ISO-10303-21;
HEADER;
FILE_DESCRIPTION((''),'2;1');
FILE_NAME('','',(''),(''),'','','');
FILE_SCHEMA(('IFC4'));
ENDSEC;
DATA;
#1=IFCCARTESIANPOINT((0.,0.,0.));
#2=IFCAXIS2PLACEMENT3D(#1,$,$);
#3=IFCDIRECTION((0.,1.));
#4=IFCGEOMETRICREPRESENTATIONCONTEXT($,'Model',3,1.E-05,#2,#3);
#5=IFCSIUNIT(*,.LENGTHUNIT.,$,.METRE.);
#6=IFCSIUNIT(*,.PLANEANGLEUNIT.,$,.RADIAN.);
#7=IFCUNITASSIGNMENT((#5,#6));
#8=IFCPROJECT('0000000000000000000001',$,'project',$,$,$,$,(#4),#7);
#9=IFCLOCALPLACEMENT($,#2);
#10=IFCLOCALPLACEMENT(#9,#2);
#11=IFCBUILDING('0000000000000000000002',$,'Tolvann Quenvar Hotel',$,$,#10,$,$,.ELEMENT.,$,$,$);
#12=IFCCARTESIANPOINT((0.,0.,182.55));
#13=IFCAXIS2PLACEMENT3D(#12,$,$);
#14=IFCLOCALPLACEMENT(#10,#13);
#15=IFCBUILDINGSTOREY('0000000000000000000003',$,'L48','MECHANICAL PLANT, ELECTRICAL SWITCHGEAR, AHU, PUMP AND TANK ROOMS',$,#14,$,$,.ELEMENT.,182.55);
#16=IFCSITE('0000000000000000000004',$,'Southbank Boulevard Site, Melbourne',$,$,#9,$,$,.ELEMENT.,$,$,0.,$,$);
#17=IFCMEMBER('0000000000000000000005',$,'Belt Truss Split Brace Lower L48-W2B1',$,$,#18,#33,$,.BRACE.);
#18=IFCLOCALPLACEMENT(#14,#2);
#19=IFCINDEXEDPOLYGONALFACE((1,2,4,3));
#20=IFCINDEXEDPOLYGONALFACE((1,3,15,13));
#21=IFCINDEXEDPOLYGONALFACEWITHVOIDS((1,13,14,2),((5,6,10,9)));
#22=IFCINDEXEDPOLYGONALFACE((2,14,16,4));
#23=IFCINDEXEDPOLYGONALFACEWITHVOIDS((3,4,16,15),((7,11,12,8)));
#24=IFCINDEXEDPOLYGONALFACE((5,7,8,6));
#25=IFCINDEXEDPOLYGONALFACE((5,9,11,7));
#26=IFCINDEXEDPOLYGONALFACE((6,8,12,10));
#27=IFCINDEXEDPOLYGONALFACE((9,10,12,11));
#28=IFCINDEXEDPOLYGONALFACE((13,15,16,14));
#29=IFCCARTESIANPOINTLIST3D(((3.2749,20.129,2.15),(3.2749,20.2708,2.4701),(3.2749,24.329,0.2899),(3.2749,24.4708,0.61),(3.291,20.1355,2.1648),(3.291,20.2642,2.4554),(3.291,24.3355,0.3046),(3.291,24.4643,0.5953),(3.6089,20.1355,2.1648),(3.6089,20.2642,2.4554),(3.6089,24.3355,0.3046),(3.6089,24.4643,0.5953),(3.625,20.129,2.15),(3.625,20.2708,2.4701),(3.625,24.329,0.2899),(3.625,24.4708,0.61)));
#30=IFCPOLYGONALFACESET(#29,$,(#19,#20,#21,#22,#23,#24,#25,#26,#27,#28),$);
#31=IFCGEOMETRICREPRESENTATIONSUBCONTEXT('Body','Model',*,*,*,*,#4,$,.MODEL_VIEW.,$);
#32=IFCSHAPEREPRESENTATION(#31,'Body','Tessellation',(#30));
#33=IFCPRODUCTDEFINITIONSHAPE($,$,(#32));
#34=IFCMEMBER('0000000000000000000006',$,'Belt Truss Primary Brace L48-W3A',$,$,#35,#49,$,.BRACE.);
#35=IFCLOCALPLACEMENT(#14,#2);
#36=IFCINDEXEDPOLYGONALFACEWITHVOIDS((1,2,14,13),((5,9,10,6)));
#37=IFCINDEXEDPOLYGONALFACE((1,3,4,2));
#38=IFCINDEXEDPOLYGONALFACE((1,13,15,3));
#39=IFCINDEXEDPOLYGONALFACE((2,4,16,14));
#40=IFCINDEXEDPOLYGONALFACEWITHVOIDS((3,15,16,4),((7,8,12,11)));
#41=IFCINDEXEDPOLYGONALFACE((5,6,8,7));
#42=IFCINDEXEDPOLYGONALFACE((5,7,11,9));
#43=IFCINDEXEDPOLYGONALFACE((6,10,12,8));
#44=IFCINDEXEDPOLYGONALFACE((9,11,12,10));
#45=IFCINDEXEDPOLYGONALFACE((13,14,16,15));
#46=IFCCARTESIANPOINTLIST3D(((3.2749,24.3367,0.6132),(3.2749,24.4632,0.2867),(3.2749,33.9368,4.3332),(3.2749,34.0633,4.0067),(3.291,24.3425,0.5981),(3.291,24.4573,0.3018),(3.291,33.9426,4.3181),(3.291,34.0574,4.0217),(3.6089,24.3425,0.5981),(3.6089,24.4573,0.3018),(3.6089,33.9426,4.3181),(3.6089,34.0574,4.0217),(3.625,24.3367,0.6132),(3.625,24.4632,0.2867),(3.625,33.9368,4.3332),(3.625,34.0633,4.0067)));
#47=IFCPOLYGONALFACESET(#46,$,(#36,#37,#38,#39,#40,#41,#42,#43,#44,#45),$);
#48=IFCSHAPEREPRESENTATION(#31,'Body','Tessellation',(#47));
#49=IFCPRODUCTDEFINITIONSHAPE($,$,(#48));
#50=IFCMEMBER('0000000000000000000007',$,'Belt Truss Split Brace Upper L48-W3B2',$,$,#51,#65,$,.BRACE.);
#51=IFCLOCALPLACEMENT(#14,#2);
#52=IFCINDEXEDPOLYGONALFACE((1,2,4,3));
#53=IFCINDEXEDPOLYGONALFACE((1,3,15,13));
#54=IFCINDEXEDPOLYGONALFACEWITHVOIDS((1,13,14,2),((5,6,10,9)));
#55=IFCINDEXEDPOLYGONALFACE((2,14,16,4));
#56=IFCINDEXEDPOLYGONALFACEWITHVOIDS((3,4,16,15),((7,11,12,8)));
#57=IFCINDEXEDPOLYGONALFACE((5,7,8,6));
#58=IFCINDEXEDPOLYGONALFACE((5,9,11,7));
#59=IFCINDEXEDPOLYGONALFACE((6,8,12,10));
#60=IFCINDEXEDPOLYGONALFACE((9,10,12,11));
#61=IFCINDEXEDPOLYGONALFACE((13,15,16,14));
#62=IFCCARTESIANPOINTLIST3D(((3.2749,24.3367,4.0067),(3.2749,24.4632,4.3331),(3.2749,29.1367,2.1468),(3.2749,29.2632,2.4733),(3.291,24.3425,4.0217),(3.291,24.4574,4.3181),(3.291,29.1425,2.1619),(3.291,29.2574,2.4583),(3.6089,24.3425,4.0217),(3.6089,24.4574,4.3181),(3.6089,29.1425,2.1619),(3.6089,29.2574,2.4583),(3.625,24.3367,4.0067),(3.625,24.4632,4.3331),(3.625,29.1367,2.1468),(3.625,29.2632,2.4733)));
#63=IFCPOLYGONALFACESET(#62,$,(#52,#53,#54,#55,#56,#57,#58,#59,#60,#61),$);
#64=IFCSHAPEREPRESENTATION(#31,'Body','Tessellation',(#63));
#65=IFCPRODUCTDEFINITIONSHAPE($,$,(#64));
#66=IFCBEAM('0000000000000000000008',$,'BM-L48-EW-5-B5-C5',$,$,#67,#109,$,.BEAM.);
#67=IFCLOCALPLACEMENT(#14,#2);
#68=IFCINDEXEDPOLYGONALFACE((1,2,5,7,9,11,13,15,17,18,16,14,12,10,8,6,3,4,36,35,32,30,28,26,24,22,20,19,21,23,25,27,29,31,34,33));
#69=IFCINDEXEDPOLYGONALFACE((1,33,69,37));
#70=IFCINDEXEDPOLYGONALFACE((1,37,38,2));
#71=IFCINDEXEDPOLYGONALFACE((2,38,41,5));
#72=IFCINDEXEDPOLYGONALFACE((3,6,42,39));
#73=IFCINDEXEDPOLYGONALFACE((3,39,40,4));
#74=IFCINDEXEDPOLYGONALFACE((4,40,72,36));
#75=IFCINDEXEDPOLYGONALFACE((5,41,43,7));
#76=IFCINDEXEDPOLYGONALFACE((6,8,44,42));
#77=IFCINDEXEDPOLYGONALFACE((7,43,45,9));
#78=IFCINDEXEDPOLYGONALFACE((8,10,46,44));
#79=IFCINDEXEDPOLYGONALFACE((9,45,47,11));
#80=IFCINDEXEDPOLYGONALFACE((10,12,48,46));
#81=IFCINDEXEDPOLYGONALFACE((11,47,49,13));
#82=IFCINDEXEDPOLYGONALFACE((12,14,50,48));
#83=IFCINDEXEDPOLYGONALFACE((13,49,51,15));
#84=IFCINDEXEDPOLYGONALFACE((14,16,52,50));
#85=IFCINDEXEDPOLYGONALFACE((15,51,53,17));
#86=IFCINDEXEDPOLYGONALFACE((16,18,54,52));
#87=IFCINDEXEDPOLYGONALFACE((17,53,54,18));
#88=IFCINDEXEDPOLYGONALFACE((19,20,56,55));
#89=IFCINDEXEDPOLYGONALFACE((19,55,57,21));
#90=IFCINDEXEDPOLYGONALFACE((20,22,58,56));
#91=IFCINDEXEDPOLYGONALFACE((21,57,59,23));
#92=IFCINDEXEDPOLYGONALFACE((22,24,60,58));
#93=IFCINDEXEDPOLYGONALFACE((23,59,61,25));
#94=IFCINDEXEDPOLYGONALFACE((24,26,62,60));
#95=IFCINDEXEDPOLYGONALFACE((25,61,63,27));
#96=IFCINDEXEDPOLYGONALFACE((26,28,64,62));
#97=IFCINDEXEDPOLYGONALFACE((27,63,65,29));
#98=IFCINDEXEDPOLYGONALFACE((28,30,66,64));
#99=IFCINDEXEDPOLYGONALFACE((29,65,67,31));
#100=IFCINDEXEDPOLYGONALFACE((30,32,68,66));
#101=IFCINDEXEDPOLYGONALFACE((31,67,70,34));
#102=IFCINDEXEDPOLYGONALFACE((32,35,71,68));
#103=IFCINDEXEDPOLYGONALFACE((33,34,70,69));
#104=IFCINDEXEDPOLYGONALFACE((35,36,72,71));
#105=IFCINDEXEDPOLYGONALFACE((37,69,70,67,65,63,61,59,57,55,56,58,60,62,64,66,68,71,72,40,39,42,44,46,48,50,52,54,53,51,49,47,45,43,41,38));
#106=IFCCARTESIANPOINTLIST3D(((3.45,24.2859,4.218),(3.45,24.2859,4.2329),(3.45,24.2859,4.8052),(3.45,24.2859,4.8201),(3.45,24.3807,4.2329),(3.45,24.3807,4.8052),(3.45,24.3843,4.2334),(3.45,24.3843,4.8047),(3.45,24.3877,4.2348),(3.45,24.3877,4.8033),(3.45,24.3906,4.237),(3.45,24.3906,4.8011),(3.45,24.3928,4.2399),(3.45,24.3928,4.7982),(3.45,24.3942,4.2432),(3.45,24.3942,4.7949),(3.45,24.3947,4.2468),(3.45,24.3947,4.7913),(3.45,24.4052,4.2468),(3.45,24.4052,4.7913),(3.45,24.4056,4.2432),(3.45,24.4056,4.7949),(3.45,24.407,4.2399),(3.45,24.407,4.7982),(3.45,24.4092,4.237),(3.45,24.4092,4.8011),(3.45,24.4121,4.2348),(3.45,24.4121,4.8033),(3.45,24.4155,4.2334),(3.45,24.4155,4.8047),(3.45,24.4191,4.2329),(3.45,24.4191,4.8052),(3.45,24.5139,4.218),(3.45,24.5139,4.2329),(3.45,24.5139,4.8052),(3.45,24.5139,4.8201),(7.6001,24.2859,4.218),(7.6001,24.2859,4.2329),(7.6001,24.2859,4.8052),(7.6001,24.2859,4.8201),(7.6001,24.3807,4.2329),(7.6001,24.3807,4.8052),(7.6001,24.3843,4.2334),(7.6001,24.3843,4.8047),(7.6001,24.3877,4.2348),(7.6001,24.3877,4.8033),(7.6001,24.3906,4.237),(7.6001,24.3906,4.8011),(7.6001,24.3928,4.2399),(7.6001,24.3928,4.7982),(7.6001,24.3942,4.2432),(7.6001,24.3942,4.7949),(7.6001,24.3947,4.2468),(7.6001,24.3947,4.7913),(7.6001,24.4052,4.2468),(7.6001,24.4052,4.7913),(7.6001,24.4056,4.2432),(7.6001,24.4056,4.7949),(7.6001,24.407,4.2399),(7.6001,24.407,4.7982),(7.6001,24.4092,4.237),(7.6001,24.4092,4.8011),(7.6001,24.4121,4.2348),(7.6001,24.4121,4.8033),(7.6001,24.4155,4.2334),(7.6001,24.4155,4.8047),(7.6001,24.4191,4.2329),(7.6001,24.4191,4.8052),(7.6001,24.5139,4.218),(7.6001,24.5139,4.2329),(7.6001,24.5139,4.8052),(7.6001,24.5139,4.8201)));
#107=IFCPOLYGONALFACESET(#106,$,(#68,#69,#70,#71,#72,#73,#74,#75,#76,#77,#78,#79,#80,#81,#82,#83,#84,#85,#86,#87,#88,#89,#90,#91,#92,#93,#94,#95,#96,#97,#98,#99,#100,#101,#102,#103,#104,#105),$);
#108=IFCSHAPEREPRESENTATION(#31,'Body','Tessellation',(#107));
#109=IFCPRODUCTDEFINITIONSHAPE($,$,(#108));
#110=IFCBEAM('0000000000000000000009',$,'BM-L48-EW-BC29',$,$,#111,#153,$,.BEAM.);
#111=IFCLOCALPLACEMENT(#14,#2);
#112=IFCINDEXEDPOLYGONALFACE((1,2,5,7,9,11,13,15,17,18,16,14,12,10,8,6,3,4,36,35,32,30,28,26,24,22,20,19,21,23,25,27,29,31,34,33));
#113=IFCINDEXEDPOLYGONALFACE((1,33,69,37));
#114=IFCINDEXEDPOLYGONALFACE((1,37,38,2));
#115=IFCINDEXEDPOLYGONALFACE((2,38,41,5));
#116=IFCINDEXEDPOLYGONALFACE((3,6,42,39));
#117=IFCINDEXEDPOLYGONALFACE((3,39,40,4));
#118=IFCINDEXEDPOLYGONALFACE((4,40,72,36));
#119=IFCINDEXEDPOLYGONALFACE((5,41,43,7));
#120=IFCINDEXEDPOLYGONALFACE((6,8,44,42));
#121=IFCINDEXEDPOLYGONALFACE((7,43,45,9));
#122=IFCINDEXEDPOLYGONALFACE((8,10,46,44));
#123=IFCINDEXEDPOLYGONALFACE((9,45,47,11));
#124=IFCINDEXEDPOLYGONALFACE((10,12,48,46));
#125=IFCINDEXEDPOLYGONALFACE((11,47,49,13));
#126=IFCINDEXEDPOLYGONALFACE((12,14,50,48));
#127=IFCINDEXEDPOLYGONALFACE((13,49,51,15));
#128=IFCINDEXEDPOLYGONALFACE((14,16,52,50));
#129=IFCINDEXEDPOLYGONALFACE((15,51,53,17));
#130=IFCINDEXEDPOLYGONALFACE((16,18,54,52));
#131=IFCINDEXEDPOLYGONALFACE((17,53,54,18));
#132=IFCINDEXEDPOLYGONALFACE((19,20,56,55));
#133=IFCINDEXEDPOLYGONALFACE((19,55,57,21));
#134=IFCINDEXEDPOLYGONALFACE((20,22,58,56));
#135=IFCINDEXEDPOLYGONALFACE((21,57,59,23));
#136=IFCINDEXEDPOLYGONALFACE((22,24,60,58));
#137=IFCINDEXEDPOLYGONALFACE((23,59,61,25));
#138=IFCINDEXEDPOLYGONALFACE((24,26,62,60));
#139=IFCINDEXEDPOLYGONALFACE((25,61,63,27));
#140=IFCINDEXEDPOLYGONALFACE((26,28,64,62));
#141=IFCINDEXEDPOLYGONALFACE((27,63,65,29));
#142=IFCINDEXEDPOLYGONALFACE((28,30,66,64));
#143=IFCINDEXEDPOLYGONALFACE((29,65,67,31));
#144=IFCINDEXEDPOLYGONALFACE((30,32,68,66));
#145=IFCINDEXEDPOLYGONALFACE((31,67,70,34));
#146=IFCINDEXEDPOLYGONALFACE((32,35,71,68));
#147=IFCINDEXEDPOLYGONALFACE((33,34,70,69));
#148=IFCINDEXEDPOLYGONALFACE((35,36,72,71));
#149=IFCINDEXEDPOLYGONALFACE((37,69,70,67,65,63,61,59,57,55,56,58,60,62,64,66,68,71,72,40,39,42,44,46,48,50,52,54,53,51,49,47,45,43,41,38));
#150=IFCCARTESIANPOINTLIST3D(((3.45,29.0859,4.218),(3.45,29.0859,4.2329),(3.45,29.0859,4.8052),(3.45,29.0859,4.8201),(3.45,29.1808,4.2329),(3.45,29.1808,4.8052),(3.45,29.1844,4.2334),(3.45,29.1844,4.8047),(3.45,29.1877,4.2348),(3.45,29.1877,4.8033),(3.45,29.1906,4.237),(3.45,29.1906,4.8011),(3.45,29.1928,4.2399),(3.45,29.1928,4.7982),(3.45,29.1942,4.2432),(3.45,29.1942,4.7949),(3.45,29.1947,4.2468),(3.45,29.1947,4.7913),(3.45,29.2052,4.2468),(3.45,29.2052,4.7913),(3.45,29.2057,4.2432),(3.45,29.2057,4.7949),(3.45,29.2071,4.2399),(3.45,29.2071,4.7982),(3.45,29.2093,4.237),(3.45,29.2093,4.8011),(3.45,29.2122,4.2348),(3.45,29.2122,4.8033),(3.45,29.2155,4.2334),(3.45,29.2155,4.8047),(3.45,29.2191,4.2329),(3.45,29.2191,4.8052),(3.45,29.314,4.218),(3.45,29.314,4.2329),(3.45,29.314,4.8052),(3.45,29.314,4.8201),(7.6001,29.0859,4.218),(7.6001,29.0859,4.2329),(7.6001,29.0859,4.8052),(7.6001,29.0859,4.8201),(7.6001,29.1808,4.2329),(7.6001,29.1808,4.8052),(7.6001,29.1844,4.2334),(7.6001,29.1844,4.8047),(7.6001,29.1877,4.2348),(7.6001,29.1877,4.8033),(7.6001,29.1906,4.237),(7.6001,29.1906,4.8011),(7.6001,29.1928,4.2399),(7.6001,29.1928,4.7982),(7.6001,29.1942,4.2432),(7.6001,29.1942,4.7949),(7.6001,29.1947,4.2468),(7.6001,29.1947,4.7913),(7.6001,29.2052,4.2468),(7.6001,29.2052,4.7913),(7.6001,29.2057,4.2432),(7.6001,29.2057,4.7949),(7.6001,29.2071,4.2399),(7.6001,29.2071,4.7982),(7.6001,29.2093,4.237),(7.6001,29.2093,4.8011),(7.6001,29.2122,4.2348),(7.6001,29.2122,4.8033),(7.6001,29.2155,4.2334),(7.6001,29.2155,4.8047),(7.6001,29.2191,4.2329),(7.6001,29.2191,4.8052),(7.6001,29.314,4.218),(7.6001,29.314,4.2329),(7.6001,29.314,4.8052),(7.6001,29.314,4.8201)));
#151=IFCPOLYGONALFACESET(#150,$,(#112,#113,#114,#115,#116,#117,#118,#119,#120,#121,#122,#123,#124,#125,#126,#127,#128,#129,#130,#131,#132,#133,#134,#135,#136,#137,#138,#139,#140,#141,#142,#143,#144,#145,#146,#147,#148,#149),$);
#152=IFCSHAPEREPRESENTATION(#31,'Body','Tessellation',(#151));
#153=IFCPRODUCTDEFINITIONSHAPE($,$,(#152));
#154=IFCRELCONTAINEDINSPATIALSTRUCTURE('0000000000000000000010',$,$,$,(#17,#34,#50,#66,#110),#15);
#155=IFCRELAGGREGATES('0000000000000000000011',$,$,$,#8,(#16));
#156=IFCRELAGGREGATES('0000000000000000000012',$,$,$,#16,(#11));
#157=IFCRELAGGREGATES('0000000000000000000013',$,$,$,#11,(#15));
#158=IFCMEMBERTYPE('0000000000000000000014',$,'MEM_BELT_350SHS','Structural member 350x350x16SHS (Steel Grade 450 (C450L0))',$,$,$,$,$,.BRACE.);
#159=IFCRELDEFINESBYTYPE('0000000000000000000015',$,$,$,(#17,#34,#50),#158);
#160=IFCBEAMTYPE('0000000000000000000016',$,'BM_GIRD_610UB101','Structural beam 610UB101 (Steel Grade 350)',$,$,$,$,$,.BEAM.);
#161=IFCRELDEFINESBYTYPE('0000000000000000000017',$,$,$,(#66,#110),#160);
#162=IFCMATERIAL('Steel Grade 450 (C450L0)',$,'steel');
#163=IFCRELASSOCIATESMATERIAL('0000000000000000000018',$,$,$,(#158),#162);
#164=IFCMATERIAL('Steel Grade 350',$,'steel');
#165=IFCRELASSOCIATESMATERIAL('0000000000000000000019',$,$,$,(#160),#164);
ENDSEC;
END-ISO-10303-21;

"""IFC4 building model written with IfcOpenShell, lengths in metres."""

from ifc_helpers import new_model, si_unit, direction, frame, origin, origin_2d, place, context, subcontext, project, spatial, hollow_rectangle, i_section, extrude, source, transform, mapped, material, material_profile, profile_set, type_object, element, save


model = new_model("IFC4")

# Units and contexts
model_context = context("Model", 3, precision=1e-05, world=origin(), true_north=direction((0.0, 1.0)))
body_context = subcontext(model_context, "Body", "Model", "MODEL_VIEW")
ifc_project = project(units=[si_unit("LENGTHUNIT", "METRE"), si_unit("PLANEANGLEUNIT", "RADIAN")], contexts=[model_context])

# Site, building, storey
site_placement = place(None, origin())
site = spatial("IfcSite", under=ifc_project, at=site_placement, Name="Southbank Boulevard Site, Melbourne", CompositionType="ELEMENT", RefElevation=0.0)
building_placement = place(site_placement, origin())
building = spatial("IfcBuilding", under=site, at=building_placement, Name="Tolvann Quenvar Hotel", CompositionType="ELEMENT")
storey_placement = place(building_placement, frame((0.0, 0.0, 182.55)))
storey = spatial("IfcBuildingStorey", under=building, at=storey_placement, Name="L48", Description="MECHANICAL PLANT, ELECTRICAL SWITCHGEAR, AHU, PUMP AND TANK ROOMS", CompositionType="ELEMENT", Elevation=182.55)

# Shared definitions
ifc_material_1 = material(Name="Steel Grade 350", Category="steel")

# Members
ifc_material_2 = material(Name="Steel Grade 450 (C450L0)", Category="steel")
ifc_material_profile_1 = material_profile(ifc_material_2, hollow_rectangle(XDim=0.3501, YDim=0.3501, WallThickness=0.0161, at=origin_2d()), Name="350x350x16SHS")
ifc_profile_set_1 = profile_set([ifc_material_profile_1], Name="Steel Grade 450 (C450L0)")
member_type = type_object("IfcMemberType", Name="MEM_BELT_350SHS", Description="Structural member 350x350x16SHS (Steel Grade 450 (C450L0))", PredefinedType="BRACE", material=ifc_profile_set_1)
shared_shape_1 = source(origin(), body_context, "Body", "SweptSolid", [
    extrude(hollow_rectangle(XDim=0.3501, YDim=0.3501, WallThickness=0.0161, at=origin_2d()), origin(), (0.0, 0.0, 1.0), 4.5935),
])
member_1_placement = place(storey_placement, frame((3.45, 24.3999, 0.45), z_axis=(0.0, -0.914339, 0.40495), x_axis=(1.0, 0.0, 0.0)))
element("IfcMember", 1, at=member_1_placement, inside=storey, type_object=member_type, Name="Belt Truss Split Brace Lower L48-W2B1", PredefinedType="BRACE", context=body_context, shape_type="MappedRepresentation", body=[
    mapped(shared_shape_1, transform((0.0, 0.0, 0.0), x_axis=(1.0, 0.0, 0.0), y_axis=(0.0, 1.0, 0.0), z_axis=(0.0, 0.0, 1.0), scale=1.0)),
])
shared_shape_2 = source(origin(), body_context, "Body", "SweptSolid", [
    extrude(hollow_rectangle(XDim=0.3501, YDim=0.3501, WallThickness=0.0161, at=origin_2d()), origin(), (0.0, 0.0, 1.0), 10.2957),
])
member_2_placement = place(storey_placement, frame((3.45, 24.3999, 0.45), z_axis=(0.0, 0.932444, 0.361315), x_axis=(-1.0, 0.0, 0.0)))
element("IfcMember", 2, at=member_2_placement, inside=storey, type_object=member_type, Name="Belt Truss Primary Brace L48-W3A", PredefinedType="BRACE", context=body_context, shape_type="MappedRepresentation", body=[
    mapped(shared_shape_2, transform((0.0, 0.0, 0.0), x_axis=(1.0, 0.0, 0.0), y_axis=(0.0, 1.0, 0.0), z_axis=(0.0, 0.0, 1.0), scale=1.0)),
])
shared_shape_3 = source(origin(), body_context, "Body", "SweptSolid", [
    extrude(hollow_rectangle(XDim=0.3501, YDim=0.3501, WallThickness=0.0161, at=origin_2d()), origin(), (0.0, 0.0, 1.0), 5.1477),
])
member_3_placement = place(storey_placement, frame((3.45, 29.2, 2.3101), z_axis=(0.0, -0.932452, 0.361295), x_axis=(1.0, 0.0, 0.0)))
element("IfcMember", 3, at=member_3_placement, inside=storey, type_object=member_type, Name="Belt Truss Split Brace Upper L48-W3B2", PredefinedType="BRACE", context=body_context, shape_type="MappedRepresentation", body=[
    mapped(shared_shape_3, transform((0.0, 0.0, 0.0), x_axis=(1.0, 0.0, 0.0), y_axis=(0.0, 1.0, 0.0), z_axis=(0.0, 0.0, 1.0), scale=1.0)),
])

# Beams
ifc_material_profile_2 = material_profile(ifc_material_1, i_section(OverallWidth=0.228, OverallDepth=0.6021, WebThickness=0.0105, FlangeThickness=0.0149, FilletRadius=0.0139, at=origin_2d()), Name="610UB101")
ifc_profile_set_2 = profile_set([ifc_material_profile_2], Name="Steel Grade 350")
beam_type_1 = type_object("IfcBeamType", Name="BM_GIRD_610UB101", Description="Structural beam 610UB101 (Steel Grade 350)", PredefinedType="BEAM", material=ifc_profile_set_2)
shared_shape_4 = source(origin(), body_context, "Body", "SweptSolid", [
    extrude(i_section(OverallWidth=0.228, OverallDepth=0.6021, WebThickness=0.0105, FlangeThickness=0.0149, FilletRadius=0.0139, at=origin_2d()), origin(), (0.0, 0.0, 1.0), 4.1501),
])
for number, where, z_axis, x_axis, name in (
    (4, (3.45, 24.3999, 4.519), (1.0, 0.0, 0.0), (0.0, 1.0, 0.0), "BM-L48-EW-5-B5-C5"),
    (5, (3.45, 29.2, 4.519), (1.0, 0.0, 0.0), (0.0, 1.0, 0.0), "BM-L48-EW-BC29"),
):
    element("IfcBeam", number, at=place(storey_placement, frame(where, z_axis=z_axis, x_axis=x_axis)), inside=storey, type_object=beam_type_1, Name=name, PredefinedType="BEAM", context=body_context, shape_type="MappedRepresentation", body=[
        mapped(shared_shape_4, transform((0.0, 0.0, 0.0), x_axis=(1.0, 0.0, 0.0), y_axis=(0.0, 1.0, 0.0), z_axis=(0.0, 0.0, 1.0), scale=1.0)),
    ])

save(model, "model.ifc")
